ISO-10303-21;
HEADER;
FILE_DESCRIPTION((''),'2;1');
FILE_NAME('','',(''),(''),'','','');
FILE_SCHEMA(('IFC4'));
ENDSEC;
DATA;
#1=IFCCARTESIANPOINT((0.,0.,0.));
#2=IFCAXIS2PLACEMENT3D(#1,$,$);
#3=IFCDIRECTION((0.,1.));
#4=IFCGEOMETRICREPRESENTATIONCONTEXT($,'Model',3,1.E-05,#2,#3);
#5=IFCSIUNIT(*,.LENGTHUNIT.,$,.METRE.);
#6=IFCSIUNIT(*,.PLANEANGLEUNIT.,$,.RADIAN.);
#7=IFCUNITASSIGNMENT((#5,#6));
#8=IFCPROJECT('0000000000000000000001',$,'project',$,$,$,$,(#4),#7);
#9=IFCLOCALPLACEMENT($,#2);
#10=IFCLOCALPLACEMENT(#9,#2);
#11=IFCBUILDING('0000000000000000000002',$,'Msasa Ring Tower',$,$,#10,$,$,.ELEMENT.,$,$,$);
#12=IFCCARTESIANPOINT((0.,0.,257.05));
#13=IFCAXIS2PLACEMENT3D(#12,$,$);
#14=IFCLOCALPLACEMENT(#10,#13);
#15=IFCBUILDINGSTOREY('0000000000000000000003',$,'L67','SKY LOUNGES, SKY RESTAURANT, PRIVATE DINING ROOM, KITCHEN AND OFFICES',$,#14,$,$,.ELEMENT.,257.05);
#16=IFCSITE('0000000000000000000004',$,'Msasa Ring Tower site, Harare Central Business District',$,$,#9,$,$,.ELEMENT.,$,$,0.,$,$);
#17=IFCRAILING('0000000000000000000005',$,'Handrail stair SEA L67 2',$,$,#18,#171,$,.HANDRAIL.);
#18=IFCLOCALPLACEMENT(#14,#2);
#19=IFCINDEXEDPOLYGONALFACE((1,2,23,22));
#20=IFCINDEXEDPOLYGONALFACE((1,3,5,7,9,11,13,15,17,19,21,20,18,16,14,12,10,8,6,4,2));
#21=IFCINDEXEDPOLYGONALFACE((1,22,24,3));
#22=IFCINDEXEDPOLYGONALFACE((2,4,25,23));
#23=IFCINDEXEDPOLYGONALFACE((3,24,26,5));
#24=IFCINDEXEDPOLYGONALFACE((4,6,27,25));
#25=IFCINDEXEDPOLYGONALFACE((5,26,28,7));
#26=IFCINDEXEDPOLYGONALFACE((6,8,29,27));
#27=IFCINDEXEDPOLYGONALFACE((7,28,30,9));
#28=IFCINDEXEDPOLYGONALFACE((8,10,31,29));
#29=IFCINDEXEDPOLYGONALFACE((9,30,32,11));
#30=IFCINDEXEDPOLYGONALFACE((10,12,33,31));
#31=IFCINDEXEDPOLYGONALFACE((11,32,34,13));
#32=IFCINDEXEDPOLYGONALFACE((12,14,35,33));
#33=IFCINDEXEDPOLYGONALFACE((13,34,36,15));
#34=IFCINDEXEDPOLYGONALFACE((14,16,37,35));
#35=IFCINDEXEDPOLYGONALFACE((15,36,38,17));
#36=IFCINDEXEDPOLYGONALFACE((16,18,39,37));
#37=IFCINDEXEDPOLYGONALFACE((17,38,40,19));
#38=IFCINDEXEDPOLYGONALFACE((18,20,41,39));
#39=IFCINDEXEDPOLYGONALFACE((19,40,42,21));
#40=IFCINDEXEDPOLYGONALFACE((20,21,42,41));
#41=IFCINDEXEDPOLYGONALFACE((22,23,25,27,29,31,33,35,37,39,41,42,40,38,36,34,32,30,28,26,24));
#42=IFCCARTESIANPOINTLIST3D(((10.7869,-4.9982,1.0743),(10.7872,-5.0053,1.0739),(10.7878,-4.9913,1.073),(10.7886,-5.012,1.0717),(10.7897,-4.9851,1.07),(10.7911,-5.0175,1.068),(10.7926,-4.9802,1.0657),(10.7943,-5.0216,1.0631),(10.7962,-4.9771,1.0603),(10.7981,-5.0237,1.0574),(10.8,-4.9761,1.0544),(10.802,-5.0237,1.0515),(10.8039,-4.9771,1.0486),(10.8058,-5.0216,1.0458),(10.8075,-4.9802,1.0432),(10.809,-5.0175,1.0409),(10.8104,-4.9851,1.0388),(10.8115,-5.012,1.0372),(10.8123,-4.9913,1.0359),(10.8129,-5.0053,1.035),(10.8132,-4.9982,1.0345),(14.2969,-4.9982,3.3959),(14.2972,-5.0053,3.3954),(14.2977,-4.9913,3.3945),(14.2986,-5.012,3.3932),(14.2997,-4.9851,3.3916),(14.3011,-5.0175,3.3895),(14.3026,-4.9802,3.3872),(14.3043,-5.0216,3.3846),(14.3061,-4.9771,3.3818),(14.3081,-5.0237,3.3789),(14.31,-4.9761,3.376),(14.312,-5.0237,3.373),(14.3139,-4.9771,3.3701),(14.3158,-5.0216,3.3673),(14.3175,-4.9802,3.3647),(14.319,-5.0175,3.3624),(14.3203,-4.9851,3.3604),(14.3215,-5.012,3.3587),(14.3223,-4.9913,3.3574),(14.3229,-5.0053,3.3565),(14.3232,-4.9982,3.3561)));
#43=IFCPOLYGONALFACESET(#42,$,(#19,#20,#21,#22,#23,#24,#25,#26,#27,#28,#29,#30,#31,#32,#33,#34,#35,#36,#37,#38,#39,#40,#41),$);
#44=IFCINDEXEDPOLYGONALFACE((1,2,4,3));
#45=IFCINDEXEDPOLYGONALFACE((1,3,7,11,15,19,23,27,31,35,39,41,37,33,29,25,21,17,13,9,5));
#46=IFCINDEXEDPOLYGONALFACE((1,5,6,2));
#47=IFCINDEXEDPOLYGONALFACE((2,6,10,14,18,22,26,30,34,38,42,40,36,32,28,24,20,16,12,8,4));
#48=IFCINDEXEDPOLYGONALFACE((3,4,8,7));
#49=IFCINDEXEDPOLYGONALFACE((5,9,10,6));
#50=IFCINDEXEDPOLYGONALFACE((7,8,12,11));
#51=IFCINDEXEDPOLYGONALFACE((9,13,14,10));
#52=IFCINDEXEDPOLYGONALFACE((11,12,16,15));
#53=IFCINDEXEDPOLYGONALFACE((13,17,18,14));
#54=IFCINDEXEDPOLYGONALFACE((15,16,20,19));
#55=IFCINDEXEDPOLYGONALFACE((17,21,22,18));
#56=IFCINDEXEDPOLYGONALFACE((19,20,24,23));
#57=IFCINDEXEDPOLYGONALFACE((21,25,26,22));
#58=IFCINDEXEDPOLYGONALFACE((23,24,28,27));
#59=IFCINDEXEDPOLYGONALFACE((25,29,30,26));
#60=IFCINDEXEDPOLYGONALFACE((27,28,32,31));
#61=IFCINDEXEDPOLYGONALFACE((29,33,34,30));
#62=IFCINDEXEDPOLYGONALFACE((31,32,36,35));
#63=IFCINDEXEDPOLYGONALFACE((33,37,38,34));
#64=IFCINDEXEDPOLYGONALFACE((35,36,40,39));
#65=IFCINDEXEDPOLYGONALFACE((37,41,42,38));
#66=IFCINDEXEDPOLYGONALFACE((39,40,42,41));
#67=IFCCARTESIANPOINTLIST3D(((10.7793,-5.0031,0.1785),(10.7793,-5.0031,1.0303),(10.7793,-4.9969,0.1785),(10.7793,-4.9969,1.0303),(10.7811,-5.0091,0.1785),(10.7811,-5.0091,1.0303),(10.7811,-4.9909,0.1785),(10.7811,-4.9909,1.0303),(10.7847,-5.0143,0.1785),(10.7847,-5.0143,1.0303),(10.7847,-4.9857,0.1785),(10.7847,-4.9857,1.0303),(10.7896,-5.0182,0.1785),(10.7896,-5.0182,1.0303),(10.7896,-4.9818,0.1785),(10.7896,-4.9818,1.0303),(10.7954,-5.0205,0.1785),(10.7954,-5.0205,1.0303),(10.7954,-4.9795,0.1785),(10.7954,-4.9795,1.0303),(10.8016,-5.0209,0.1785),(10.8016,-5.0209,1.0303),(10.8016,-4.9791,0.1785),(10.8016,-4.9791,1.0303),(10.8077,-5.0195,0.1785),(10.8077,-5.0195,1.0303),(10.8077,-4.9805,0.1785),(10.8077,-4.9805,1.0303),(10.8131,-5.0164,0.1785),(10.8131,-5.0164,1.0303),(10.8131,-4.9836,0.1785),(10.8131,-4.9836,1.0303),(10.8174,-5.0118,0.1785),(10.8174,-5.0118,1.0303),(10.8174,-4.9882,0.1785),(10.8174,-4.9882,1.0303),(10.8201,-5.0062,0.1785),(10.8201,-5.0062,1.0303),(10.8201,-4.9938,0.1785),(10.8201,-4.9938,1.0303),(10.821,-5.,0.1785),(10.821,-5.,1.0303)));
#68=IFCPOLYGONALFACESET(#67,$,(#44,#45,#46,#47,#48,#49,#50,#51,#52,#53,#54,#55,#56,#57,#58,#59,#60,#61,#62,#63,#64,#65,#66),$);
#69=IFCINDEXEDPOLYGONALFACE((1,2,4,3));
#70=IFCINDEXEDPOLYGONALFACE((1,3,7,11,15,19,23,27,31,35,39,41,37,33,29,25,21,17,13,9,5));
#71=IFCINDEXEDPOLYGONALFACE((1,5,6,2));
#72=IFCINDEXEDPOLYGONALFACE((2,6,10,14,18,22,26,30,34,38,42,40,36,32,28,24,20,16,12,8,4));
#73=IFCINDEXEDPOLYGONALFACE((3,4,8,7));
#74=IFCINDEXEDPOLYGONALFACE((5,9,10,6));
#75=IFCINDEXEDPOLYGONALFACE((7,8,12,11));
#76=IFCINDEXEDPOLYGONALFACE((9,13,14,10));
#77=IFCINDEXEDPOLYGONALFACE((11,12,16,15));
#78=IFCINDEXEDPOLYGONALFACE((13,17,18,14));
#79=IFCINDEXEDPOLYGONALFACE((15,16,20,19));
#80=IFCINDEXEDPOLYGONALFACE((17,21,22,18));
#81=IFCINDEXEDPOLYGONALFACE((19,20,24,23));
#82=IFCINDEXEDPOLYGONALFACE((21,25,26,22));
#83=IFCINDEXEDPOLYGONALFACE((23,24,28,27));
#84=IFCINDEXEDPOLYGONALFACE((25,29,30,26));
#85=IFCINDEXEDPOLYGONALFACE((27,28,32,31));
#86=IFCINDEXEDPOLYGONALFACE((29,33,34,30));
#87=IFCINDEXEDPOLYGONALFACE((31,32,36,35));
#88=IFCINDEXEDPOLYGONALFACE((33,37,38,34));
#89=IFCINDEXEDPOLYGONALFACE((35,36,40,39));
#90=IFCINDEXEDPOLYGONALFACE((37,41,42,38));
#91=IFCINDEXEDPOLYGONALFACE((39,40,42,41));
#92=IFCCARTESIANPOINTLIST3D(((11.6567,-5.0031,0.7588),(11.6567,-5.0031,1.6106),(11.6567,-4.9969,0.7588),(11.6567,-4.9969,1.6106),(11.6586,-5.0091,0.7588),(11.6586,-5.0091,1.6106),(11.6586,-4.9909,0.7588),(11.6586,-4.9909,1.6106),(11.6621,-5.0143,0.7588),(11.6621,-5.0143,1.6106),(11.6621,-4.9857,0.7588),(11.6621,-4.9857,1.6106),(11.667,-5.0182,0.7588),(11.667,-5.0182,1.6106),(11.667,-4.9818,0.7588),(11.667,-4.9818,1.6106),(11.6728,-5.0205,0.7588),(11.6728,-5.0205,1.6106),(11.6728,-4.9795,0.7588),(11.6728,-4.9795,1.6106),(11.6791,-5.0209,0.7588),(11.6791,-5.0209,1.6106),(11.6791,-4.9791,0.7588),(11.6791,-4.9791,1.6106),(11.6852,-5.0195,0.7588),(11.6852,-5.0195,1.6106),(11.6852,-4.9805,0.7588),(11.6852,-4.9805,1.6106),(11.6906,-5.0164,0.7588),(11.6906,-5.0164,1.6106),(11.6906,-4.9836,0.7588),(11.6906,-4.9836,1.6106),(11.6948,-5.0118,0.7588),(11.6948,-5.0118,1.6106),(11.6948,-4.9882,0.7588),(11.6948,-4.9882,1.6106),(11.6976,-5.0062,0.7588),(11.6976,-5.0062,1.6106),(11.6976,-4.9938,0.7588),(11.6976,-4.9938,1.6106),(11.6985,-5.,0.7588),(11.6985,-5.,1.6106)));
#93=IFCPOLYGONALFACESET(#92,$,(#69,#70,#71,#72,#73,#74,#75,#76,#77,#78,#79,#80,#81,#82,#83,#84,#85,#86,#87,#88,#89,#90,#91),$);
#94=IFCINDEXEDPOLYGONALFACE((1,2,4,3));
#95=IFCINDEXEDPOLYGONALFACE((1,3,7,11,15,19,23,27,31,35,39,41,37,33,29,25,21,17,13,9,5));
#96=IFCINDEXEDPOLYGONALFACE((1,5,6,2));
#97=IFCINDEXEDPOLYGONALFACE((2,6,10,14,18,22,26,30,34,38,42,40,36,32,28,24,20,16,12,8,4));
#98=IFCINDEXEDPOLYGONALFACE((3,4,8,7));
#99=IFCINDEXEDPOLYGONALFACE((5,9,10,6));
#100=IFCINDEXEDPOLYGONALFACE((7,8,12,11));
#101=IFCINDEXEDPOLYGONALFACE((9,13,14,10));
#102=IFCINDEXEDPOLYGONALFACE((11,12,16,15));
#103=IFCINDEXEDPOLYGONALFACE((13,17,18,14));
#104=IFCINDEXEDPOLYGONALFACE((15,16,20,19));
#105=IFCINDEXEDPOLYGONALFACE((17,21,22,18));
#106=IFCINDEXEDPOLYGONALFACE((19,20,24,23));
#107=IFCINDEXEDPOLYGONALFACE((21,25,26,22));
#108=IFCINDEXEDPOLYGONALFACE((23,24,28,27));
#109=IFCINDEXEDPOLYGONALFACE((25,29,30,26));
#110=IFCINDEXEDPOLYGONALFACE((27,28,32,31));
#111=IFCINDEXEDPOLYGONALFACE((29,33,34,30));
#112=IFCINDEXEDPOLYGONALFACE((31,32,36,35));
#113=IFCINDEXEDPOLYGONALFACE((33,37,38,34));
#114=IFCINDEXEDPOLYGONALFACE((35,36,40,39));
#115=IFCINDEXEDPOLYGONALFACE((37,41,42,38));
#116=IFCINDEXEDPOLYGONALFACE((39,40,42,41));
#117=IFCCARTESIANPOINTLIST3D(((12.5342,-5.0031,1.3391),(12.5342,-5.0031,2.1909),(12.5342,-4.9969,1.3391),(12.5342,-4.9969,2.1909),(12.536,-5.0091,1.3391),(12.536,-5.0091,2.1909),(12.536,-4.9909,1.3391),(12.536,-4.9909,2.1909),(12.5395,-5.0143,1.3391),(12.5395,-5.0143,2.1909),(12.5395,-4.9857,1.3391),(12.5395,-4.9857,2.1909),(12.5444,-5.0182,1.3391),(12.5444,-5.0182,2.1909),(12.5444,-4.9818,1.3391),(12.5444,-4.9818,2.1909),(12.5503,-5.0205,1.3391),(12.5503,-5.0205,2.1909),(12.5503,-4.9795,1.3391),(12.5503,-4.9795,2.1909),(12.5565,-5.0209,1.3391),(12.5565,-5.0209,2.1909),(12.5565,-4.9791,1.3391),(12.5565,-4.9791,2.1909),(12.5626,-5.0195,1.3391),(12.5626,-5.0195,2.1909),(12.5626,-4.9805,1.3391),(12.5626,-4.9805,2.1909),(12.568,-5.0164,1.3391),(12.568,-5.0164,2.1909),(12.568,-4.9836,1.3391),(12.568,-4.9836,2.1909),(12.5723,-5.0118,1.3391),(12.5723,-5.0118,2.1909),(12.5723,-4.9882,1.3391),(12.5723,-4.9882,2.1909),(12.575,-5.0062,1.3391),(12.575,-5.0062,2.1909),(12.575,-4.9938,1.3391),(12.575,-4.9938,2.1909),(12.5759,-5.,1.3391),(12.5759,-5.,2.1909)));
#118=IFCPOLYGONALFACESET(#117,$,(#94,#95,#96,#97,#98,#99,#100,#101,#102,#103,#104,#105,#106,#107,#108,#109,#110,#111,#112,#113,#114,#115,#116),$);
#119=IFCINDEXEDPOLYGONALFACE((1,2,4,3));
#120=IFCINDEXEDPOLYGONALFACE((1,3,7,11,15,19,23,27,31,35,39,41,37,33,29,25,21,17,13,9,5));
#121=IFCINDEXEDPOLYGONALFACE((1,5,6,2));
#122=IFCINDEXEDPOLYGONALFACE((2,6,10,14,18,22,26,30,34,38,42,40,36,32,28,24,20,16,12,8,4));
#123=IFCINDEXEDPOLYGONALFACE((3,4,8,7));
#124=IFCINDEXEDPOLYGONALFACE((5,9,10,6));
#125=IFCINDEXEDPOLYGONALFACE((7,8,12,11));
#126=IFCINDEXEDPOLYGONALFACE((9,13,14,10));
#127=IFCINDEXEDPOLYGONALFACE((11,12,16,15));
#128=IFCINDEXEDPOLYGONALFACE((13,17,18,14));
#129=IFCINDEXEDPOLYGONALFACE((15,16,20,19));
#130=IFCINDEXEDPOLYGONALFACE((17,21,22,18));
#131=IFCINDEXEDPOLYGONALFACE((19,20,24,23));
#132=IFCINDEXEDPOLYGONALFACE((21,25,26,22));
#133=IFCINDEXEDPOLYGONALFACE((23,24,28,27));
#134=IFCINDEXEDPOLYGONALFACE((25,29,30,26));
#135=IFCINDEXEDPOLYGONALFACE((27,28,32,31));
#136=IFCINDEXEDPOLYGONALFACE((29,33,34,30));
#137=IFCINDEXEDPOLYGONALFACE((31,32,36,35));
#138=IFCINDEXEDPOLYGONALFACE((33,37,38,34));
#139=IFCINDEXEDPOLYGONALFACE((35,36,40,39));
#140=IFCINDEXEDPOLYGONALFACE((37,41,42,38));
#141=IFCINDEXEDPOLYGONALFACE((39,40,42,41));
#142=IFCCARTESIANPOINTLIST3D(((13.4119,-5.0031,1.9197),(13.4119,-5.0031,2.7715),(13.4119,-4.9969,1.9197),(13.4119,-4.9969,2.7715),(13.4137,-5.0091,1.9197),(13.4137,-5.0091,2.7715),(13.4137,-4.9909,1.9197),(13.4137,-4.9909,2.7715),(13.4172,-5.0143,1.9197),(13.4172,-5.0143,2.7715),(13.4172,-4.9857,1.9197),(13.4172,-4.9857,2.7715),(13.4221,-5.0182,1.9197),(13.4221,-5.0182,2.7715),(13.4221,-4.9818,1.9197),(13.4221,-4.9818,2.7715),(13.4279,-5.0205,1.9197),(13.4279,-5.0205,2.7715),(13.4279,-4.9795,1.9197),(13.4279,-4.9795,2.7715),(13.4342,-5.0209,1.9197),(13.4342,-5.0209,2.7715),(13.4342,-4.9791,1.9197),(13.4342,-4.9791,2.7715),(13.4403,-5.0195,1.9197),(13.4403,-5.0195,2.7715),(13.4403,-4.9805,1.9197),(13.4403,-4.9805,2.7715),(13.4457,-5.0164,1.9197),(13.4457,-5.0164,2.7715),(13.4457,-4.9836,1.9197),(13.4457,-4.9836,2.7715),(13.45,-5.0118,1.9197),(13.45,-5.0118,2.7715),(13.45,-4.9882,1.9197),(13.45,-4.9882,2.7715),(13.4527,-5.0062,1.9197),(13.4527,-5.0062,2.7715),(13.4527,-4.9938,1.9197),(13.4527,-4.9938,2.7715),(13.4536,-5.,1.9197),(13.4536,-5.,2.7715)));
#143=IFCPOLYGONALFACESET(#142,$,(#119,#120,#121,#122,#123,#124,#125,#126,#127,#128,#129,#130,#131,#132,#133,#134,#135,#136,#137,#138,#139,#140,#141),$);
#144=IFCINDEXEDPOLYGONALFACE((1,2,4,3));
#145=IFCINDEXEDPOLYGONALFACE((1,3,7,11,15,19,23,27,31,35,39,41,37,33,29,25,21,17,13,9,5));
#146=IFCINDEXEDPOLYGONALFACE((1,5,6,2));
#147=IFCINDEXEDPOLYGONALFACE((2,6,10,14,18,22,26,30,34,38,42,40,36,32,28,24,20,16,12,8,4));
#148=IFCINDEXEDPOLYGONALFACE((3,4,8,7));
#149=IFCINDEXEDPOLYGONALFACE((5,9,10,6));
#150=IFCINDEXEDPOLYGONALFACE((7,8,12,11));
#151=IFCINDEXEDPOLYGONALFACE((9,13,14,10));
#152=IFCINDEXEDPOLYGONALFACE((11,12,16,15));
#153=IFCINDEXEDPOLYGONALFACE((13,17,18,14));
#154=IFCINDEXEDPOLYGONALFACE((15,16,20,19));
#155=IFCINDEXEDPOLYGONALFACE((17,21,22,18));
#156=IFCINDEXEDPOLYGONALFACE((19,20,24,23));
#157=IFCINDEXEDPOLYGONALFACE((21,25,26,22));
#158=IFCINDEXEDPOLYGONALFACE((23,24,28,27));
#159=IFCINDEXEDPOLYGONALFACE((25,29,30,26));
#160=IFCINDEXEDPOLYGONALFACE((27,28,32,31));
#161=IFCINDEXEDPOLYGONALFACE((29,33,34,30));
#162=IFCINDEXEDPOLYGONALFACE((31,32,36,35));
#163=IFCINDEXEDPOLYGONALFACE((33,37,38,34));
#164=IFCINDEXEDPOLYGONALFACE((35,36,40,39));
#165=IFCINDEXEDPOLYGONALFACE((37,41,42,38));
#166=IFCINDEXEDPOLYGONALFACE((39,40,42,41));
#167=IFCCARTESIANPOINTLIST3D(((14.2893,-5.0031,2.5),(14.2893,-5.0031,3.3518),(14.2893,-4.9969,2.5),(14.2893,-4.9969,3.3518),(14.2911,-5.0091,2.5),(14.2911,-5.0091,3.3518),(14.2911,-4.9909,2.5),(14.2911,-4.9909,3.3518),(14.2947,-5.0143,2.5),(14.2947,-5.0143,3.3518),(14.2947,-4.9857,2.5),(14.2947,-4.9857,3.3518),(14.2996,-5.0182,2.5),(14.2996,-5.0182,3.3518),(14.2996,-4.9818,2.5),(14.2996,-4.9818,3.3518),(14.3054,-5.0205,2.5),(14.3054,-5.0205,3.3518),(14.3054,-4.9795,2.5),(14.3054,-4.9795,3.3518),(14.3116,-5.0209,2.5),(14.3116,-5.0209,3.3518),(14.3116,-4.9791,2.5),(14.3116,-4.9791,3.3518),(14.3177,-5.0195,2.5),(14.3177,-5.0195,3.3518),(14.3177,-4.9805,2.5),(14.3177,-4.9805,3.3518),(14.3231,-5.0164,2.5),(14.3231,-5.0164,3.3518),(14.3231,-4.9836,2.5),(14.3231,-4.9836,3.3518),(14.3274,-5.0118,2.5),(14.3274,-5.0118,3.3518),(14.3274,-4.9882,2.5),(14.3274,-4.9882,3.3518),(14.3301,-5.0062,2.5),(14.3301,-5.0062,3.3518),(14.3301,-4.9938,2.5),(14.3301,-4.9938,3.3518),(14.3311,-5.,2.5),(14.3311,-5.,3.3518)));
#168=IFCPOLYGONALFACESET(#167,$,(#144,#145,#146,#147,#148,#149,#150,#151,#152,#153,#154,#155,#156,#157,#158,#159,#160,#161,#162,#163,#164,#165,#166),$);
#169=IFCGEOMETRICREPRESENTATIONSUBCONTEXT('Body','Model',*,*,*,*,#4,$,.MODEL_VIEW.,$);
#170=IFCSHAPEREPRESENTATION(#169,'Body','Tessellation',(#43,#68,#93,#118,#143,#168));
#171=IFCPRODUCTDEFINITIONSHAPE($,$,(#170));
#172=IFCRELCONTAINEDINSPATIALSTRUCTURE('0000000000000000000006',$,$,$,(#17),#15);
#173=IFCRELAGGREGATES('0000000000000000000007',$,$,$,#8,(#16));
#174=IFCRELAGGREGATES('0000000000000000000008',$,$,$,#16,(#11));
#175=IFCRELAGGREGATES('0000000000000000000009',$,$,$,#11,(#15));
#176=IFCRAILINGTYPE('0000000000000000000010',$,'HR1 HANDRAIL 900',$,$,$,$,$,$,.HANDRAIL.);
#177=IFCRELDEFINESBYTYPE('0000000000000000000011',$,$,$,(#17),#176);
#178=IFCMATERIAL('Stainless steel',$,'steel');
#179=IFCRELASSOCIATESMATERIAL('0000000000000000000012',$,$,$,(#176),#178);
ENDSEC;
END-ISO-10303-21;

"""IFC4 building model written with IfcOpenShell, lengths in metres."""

from ifc_helpers import new_model, si_unit, direction, frame, origin, origin_2d, place, context, subcontext, project, spatial, circle, extrude, material, type_object, element, save


model = new_model("IFC4")

# Units and contexts
model_context = context("Model", 3, precision=1e-05, world=origin(), true_north=direction((0.0, 1.0)))
body_context = subcontext(model_context, "Body", "Model", "MODEL_VIEW")
ifc_project = project(units=[si_unit("LENGTHUNIT", "METRE"), si_unit("PLANEANGLEUNIT", "RADIAN")], contexts=[model_context])

# Site, building, storey
site_placement = place(None, origin())
site = spatial("IfcSite", under=ifc_project, at=site_placement, Name="Msasa Ring Tower site, Harare Central Business District", CompositionType="ELEMENT", RefElevation=0.0)
building_placement = place(site_placement, origin())
building = spatial("IfcBuilding", under=site, at=building_placement, Name="Msasa Ring Tower", CompositionType="ELEMENT")
storey_placement = place(building_placement, frame((0.0, 0.0, 257.05)))
storey = spatial("IfcBuildingStorey", under=building, at=storey_placement, Name="L67", Description="SKY LOUNGES, SKY RESTAURANT, PRIVATE DINING ROOM, KITCHEN AND OFFICES", CompositionType="ELEMENT", Elevation=257.05)

# Railing
ifc_material_1 = material(Name="Stainless steel", Category="steel")
railing_type = type_object("IfcRailingType", Name="HR1 HANDRAIL 900", PredefinedType="HANDRAIL", material=ifc_material_1)
for number, where, name in (
    (1, (10.8, -5.0, 0.1785), "Handrail stair SEA L67 2"),
):
    element("IfcRailing", number, at=place(storey_placement, frame(where)), inside=storey, type_object=railing_type, Name=name, PredefinedType="HANDRAIL", context=body_context, shape_type="SweptSolid", body=[
        extrude(circle(Radius=0.0239, at=origin_2d()), frame((0.0, 0.0, 0.876), z_axis=(0.834071, 0.0, 0.551657), x_axis=(0.0, 1.0, 0.0)), (0.0, 0.0, 1.0), 4.2083),
        extrude(circle(Radius=0.021, at=origin_2d()), origin(), (0.0, 0.0, 1.0), 0.8518),
        extrude(circle(Radius=0.021, at=origin_2d()), frame((0.8774, 0.0, 0.5803)), (0.0, 0.0, 1.0), 0.8518),
        extrude(circle(Radius=0.021, at=origin_2d()), frame((1.7549, 0.0, 1.1606)), (0.0, 0.0, 1.0), 0.8518),
        extrude(circle(Radius=0.021, at=origin_2d()), frame((2.6326, 0.0, 1.7412)), (0.0, 0.0, 1.0), 0.8518),
        extrude(circle(Radius=0.021, at=origin_2d()), frame((3.51, 0.0, 2.3215)), (0.0, 0.0, 1.0), 0.8518),
    ])

save(model, "model.ifc")
